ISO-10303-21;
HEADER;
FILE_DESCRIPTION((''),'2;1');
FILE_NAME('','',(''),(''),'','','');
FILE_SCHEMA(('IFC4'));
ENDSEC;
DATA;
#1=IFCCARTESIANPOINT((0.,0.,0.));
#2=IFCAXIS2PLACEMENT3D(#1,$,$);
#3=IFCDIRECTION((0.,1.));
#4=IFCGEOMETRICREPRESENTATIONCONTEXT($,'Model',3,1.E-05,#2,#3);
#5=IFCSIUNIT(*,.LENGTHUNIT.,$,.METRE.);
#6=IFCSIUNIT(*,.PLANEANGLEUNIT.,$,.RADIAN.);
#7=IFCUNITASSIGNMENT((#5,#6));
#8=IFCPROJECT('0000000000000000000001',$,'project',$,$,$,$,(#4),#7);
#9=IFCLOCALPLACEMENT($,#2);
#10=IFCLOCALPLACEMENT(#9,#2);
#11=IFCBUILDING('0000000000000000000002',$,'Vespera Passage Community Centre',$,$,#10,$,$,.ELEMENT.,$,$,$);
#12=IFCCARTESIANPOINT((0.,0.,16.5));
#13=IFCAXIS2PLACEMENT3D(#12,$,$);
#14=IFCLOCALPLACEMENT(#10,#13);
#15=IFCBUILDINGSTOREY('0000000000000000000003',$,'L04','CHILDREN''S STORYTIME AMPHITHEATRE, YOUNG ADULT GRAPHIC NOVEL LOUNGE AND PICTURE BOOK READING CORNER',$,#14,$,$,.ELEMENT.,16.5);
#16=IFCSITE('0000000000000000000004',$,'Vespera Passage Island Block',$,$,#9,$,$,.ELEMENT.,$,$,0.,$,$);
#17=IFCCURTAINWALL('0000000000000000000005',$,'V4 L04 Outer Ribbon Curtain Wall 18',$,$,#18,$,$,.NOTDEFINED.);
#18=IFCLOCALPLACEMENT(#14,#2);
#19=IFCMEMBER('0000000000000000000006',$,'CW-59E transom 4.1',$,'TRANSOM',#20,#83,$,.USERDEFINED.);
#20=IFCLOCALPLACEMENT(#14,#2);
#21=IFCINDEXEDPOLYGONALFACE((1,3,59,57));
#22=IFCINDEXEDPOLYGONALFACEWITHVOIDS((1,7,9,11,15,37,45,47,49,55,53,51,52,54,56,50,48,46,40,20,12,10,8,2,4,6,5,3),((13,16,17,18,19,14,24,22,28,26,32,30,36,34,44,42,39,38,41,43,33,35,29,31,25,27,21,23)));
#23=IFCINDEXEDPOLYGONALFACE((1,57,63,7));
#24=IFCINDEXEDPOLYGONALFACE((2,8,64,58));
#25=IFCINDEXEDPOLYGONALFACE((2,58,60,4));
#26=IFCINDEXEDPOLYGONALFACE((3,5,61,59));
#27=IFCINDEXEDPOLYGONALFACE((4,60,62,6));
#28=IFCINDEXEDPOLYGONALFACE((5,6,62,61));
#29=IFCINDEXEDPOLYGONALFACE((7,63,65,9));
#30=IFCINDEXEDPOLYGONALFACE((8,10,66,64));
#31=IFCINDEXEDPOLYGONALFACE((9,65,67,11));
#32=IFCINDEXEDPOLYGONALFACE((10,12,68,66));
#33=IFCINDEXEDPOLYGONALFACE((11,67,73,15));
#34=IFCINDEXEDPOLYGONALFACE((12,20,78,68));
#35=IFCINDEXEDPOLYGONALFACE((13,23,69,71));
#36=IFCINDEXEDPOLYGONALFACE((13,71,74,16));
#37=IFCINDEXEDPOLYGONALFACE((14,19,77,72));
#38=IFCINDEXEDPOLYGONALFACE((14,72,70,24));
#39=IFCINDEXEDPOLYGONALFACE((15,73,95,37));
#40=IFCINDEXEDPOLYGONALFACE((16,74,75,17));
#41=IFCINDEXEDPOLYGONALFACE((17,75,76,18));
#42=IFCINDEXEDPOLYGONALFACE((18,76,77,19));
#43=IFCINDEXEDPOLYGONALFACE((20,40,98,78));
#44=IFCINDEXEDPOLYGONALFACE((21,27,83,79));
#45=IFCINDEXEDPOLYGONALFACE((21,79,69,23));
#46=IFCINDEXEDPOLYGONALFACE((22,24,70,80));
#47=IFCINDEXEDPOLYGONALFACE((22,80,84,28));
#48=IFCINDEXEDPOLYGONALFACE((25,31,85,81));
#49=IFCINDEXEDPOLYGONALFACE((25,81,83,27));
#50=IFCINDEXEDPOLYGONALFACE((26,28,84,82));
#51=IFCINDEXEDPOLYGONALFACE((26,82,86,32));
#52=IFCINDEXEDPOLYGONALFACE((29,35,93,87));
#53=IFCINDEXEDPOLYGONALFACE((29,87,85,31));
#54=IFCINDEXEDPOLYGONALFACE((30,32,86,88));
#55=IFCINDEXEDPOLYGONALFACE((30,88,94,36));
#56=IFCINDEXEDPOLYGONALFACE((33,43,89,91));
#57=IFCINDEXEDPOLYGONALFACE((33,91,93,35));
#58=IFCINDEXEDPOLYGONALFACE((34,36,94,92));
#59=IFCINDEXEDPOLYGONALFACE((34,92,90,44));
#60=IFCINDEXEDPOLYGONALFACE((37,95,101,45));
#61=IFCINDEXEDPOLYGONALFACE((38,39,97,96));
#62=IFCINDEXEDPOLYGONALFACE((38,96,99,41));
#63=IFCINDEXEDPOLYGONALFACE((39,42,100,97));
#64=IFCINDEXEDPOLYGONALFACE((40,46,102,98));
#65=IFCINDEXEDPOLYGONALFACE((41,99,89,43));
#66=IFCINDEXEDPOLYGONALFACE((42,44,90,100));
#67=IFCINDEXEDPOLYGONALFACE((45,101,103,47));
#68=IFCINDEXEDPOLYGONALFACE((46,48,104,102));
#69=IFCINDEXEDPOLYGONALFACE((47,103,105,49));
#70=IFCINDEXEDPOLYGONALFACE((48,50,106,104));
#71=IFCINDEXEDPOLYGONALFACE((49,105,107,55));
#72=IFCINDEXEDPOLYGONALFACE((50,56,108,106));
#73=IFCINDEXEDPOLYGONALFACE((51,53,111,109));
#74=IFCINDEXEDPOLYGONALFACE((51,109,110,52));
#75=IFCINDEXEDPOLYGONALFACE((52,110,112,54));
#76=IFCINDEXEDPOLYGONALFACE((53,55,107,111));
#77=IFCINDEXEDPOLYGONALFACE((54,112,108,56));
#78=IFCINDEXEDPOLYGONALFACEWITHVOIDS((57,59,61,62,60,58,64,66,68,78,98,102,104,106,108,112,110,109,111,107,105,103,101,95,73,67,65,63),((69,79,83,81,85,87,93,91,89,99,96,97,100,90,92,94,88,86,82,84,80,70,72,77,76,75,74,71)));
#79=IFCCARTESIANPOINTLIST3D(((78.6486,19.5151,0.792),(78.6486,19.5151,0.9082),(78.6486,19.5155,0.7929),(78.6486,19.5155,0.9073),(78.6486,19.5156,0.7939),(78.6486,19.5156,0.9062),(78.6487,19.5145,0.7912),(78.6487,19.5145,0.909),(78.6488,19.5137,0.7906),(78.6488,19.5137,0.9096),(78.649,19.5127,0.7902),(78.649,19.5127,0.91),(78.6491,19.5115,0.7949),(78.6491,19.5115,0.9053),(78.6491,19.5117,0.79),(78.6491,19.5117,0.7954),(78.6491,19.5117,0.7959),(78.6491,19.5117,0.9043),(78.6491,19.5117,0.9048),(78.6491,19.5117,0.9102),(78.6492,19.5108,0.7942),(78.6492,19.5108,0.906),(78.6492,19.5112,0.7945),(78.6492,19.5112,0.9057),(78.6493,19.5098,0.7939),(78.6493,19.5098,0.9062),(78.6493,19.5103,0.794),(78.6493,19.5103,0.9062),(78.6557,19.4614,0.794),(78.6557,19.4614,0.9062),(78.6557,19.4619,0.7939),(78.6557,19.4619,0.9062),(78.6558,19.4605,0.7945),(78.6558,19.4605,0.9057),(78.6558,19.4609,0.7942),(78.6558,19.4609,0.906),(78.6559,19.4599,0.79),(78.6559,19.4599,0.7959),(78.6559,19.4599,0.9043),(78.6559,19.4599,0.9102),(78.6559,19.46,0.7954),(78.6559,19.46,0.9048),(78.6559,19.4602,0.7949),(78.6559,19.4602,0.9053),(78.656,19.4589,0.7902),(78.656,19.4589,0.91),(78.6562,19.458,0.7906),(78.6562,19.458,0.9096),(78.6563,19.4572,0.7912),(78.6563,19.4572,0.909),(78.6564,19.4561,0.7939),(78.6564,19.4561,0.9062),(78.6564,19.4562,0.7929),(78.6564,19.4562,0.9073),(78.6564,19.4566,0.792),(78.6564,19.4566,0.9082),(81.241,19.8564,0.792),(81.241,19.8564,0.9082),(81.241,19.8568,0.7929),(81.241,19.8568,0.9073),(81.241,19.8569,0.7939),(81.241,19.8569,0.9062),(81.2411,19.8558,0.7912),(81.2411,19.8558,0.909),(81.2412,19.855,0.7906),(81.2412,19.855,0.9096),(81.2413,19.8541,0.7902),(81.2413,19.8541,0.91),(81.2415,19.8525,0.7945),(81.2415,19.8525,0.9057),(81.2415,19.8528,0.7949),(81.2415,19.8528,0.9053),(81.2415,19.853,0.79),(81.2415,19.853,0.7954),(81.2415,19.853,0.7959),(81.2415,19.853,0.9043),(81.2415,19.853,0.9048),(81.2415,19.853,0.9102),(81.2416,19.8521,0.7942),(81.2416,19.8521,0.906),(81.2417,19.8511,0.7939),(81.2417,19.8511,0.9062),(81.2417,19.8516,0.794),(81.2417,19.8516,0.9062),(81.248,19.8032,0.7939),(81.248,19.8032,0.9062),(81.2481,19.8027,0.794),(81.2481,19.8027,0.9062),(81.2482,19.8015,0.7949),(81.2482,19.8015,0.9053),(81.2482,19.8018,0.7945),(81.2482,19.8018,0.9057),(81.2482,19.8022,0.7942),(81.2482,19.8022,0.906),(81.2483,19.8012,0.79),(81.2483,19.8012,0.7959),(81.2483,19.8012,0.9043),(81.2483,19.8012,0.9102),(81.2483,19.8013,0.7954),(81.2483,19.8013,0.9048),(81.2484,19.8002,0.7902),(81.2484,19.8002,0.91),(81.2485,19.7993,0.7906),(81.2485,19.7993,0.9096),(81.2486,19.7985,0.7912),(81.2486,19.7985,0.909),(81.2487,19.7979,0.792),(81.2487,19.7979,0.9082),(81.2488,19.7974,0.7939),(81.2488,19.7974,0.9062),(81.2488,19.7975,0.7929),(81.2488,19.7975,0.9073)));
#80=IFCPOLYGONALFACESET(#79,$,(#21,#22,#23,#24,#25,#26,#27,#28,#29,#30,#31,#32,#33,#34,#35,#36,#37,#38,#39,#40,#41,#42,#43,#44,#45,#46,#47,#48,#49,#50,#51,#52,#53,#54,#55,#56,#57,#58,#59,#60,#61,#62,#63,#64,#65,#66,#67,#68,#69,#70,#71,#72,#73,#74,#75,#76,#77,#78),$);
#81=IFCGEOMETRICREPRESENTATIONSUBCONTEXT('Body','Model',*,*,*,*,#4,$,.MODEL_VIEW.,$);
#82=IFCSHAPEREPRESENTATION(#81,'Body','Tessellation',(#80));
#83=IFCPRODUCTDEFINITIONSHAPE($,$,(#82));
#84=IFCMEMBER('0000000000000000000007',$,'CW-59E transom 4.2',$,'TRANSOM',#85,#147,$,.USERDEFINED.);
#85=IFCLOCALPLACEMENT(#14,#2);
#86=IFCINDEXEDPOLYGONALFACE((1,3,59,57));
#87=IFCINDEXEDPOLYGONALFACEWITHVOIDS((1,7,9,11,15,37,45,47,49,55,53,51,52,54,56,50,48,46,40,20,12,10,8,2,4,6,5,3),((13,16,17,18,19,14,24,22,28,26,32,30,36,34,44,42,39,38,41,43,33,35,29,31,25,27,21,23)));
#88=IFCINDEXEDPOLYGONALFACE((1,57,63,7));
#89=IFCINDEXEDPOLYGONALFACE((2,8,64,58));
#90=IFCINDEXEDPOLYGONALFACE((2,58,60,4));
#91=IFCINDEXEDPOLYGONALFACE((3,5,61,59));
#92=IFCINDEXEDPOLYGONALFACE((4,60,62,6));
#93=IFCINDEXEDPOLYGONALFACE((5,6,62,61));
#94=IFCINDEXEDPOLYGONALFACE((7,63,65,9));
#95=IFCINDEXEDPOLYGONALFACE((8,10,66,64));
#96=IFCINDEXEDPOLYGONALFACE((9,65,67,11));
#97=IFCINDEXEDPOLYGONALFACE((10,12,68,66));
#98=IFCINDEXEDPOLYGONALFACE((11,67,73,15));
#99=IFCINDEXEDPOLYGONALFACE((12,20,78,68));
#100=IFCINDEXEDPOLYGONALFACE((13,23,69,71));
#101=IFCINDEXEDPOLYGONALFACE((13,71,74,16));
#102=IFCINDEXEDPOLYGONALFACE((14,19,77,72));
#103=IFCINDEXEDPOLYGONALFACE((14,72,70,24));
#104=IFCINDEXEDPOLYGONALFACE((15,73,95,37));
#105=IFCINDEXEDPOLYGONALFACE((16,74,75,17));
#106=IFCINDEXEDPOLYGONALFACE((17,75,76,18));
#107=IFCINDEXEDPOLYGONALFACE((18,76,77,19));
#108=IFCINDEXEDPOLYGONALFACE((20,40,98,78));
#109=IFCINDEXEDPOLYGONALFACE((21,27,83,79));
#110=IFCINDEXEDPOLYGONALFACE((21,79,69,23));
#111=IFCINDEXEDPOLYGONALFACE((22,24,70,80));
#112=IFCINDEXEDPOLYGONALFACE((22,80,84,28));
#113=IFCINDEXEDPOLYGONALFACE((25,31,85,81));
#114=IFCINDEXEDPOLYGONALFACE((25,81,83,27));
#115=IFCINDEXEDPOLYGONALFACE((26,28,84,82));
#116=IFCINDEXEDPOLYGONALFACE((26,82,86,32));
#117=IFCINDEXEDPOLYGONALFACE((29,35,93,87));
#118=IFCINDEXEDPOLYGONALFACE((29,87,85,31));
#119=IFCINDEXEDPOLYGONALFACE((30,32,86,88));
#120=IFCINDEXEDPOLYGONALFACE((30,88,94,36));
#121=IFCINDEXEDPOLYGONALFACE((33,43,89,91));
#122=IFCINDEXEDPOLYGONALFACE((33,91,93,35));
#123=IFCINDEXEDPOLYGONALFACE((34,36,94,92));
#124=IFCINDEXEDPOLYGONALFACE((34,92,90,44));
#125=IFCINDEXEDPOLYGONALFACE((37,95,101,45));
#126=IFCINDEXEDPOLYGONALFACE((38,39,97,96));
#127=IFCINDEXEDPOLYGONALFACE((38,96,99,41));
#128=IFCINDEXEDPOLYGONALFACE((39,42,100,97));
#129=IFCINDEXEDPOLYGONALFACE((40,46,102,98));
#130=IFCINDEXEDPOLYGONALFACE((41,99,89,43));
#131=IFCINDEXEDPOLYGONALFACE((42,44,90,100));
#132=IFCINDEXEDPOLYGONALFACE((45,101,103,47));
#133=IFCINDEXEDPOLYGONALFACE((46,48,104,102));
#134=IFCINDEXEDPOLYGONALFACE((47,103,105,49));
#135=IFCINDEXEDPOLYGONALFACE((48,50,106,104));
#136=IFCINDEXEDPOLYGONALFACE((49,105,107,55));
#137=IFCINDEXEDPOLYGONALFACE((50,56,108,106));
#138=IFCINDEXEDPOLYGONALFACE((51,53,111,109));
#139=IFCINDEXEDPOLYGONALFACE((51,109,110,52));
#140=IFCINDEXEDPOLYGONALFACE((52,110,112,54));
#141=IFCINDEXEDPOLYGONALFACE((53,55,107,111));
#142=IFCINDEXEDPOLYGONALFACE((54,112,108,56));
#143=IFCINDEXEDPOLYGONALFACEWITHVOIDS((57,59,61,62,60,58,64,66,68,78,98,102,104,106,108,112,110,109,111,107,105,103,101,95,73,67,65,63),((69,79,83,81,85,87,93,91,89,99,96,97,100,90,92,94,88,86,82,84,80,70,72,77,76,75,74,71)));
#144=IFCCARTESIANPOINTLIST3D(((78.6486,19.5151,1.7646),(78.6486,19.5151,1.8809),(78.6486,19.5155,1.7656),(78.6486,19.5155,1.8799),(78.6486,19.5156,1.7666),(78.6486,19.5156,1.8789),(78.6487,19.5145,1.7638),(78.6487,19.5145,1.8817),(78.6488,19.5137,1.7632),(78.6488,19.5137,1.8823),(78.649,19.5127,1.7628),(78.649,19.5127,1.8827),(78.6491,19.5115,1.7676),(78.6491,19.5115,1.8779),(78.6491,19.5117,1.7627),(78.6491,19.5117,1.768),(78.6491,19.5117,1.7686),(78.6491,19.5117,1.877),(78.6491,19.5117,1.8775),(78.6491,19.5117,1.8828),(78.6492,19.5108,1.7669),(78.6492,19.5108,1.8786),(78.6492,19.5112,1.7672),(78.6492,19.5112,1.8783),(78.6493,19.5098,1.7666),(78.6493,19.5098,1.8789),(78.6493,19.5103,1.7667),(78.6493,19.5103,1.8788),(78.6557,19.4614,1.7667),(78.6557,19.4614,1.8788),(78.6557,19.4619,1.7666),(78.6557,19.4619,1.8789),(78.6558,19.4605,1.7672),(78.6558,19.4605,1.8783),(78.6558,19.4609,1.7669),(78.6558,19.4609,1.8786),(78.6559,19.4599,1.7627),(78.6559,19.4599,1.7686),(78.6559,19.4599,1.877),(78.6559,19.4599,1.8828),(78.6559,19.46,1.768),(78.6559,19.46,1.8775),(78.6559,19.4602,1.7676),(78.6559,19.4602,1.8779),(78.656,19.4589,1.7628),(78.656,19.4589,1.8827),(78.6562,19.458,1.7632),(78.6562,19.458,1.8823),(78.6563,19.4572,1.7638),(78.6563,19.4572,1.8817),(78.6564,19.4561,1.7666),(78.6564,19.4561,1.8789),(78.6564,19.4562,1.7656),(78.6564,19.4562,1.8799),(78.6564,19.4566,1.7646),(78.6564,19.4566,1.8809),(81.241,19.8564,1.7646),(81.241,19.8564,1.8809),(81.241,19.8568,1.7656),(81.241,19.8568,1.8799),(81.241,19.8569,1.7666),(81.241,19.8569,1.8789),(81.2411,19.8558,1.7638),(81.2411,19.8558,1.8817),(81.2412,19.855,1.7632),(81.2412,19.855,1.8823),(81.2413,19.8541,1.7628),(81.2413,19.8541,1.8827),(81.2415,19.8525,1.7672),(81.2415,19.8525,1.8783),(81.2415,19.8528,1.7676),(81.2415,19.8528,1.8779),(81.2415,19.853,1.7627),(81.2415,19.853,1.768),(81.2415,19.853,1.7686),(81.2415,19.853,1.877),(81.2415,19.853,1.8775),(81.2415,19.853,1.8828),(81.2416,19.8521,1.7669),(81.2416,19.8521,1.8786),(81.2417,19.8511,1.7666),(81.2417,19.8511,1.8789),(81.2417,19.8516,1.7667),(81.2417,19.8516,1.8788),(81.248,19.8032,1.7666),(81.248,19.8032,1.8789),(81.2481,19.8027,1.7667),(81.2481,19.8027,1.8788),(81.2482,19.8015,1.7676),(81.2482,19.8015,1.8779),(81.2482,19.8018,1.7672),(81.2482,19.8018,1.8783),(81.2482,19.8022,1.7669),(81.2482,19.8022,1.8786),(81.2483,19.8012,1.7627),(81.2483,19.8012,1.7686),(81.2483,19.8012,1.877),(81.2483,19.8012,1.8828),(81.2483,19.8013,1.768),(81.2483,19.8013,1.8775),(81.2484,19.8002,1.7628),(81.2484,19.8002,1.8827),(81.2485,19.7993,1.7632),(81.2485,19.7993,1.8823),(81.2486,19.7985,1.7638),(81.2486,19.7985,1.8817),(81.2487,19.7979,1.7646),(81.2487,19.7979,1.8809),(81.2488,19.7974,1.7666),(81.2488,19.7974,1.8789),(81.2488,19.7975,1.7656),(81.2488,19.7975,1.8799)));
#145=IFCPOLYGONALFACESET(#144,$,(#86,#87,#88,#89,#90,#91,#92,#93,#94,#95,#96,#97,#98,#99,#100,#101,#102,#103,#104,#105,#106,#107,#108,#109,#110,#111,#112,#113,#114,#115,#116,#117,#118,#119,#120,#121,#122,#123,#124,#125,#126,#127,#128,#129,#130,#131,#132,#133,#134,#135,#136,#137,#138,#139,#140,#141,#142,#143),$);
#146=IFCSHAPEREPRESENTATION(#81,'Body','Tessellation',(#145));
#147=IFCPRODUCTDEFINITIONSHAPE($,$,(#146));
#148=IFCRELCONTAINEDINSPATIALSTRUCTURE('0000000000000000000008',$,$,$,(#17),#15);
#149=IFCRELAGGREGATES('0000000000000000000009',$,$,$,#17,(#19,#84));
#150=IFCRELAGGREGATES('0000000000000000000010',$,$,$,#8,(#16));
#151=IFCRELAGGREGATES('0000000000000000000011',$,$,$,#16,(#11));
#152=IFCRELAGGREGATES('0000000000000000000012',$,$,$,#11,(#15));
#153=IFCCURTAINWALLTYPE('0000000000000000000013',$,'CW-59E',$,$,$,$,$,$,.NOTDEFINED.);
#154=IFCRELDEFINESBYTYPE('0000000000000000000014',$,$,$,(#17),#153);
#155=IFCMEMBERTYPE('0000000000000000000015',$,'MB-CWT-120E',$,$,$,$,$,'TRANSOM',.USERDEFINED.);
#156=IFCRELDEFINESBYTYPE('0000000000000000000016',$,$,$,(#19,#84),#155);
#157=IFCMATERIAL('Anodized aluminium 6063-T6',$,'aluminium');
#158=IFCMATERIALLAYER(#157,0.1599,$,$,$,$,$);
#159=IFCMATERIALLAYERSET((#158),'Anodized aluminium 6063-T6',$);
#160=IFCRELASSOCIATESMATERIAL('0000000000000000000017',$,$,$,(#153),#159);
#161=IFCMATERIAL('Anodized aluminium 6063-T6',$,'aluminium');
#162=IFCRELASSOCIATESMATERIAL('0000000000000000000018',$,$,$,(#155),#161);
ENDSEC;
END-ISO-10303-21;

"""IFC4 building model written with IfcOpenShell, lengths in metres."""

from ifc_helpers import new_model, si_unit, direction, frame, origin, origin_2d, place, context, subcontext, project, spatial, hollow_rectangle, extrude, material, layer, layer_set, material_profile, profile_set, type_object, element, aggregate, save


model = new_model("IFC4")

# Units and contexts
model_context = context("Model", 3, precision=1e-05, world=origin(), true_north=direction((0.0, 1.0)))
body_context = subcontext(model_context, "Body", "Model", "MODEL_VIEW")
ifc_project = project(units=[si_unit("LENGTHUNIT", "METRE"), si_unit("PLANEANGLEUNIT", "RADIAN")], contexts=[model_context])

# Site, building, storey
site_placement = place(None, origin())
site = spatial("IfcSite", under=ifc_project, at=site_placement, Name="Vespera Passage Island Block", CompositionType="ELEMENT", RefElevation=0.0)
building_placement = place(site_placement, origin())
building = spatial("IfcBuilding", under=site, at=building_placement, Name="Vespera Passage Community Centre", CompositionType="ELEMENT")
storey_placement = place(building_placement, frame((0.0, 0.0, 16.5)))
storey = spatial("IfcBuildingStorey", under=building, at=storey_placement, Name="L04", Description="CHILDREN'S STORYTIME AMPHITHEATRE, YOUNG ADULT GRAPHIC NOVEL LOUNGE AND PICTURE BOOK READING CORNER", CompositionType="ELEMENT", Elevation=16.5)

# Curtain wall, members
ifc_material_1 = material(Name="Anodized aluminium 6063-T6", Category="aluminium")
ifc_layer_1 = layer(ifc_material_1, 0.1599)
ifc_layer_set_1 = layer_set([ifc_layer_1], Name="Anodized aluminium 6063-T6")
curtain_wall_type = type_object("IfcCurtainWallType", Name="CW-59E", PredefinedType="NOTDEFINED", material=ifc_layer_set_1)
curtain_wall_placement = place(storey_placement, origin())
curtain_wall = element("IfcCurtainWall", 1, at=curtain_wall_placement, inside=storey, type_object=curtain_wall_type, Name="V4 L04 Outer Ribbon Curtain Wall 18", PredefinedType="NOTDEFINED")
ifc_material_2 = material(Name="Anodized aluminium 6063-T6", Category="aluminium")
ifc_material_profile_1 = material_profile(ifc_material_2, hollow_rectangle(XDim=0.0601, YDim=0.1201, WallThickness=0.0039, InnerFilletRadius=0.002, OuterFilletRadius=0.0039, at=origin_2d()), Name="ALU120X60X4")
ifc_profile_set_1 = profile_set([ifc_material_profile_1], Name="Anodized aluminium 6063-T6")
member_type_1 = type_object("IfcMemberType", Name="MB-CWT-120E", ElementType="TRANSOM", PredefinedType="USERDEFINED", material=ifc_profile_set_1)
member_1_placement = place(storey_placement, frame((81.2449, 19.8271, 0.8501), z_axis=(-0.991443, -0.130537, 0.0), x_axis=(0.130537, -0.991443, 0.0)))
member_1 = element("IfcMember", 2, at=member_1_placement, type_object=member_type_1, Name="CW-59E transom 4.1", ObjectType="TRANSOM", PredefinedType="USERDEFINED", context=body_context, shape_type="SweptSolid", body=[
    extrude(hollow_rectangle(XDim=0.0601, YDim=0.1201, WallThickness=0.0039, InnerFilletRadius=0.002, OuterFilletRadius=0.0039, at=origin_2d()), origin(), (0.0, 0.0, 1.0), 2.6147),
])
member_2_placement = place(storey_placement, frame((81.2449, 19.8271, 1.8228), z_axis=(-0.991443, -0.130537, 0.0), x_axis=(0.130537, -0.991443, 0.0)))
member_2 = element("IfcMember", 3, at=member_2_placement, type_object=member_type_1, Name="CW-59E transom 4.2", ObjectType="TRANSOM", PredefinedType="USERDEFINED", context=body_context, shape_type="SweptSolid", body=[
    extrude(hollow_rectangle(XDim=0.0601, YDim=0.1201, WallThickness=0.0039, InnerFilletRadius=0.002, OuterFilletRadius=0.0039, at=origin_2d()), origin(), (0.0, 0.0, 1.0), 2.6147),
])
aggregate(curtain_wall, [member_1, member_2])

save(model, "model.ifc")
